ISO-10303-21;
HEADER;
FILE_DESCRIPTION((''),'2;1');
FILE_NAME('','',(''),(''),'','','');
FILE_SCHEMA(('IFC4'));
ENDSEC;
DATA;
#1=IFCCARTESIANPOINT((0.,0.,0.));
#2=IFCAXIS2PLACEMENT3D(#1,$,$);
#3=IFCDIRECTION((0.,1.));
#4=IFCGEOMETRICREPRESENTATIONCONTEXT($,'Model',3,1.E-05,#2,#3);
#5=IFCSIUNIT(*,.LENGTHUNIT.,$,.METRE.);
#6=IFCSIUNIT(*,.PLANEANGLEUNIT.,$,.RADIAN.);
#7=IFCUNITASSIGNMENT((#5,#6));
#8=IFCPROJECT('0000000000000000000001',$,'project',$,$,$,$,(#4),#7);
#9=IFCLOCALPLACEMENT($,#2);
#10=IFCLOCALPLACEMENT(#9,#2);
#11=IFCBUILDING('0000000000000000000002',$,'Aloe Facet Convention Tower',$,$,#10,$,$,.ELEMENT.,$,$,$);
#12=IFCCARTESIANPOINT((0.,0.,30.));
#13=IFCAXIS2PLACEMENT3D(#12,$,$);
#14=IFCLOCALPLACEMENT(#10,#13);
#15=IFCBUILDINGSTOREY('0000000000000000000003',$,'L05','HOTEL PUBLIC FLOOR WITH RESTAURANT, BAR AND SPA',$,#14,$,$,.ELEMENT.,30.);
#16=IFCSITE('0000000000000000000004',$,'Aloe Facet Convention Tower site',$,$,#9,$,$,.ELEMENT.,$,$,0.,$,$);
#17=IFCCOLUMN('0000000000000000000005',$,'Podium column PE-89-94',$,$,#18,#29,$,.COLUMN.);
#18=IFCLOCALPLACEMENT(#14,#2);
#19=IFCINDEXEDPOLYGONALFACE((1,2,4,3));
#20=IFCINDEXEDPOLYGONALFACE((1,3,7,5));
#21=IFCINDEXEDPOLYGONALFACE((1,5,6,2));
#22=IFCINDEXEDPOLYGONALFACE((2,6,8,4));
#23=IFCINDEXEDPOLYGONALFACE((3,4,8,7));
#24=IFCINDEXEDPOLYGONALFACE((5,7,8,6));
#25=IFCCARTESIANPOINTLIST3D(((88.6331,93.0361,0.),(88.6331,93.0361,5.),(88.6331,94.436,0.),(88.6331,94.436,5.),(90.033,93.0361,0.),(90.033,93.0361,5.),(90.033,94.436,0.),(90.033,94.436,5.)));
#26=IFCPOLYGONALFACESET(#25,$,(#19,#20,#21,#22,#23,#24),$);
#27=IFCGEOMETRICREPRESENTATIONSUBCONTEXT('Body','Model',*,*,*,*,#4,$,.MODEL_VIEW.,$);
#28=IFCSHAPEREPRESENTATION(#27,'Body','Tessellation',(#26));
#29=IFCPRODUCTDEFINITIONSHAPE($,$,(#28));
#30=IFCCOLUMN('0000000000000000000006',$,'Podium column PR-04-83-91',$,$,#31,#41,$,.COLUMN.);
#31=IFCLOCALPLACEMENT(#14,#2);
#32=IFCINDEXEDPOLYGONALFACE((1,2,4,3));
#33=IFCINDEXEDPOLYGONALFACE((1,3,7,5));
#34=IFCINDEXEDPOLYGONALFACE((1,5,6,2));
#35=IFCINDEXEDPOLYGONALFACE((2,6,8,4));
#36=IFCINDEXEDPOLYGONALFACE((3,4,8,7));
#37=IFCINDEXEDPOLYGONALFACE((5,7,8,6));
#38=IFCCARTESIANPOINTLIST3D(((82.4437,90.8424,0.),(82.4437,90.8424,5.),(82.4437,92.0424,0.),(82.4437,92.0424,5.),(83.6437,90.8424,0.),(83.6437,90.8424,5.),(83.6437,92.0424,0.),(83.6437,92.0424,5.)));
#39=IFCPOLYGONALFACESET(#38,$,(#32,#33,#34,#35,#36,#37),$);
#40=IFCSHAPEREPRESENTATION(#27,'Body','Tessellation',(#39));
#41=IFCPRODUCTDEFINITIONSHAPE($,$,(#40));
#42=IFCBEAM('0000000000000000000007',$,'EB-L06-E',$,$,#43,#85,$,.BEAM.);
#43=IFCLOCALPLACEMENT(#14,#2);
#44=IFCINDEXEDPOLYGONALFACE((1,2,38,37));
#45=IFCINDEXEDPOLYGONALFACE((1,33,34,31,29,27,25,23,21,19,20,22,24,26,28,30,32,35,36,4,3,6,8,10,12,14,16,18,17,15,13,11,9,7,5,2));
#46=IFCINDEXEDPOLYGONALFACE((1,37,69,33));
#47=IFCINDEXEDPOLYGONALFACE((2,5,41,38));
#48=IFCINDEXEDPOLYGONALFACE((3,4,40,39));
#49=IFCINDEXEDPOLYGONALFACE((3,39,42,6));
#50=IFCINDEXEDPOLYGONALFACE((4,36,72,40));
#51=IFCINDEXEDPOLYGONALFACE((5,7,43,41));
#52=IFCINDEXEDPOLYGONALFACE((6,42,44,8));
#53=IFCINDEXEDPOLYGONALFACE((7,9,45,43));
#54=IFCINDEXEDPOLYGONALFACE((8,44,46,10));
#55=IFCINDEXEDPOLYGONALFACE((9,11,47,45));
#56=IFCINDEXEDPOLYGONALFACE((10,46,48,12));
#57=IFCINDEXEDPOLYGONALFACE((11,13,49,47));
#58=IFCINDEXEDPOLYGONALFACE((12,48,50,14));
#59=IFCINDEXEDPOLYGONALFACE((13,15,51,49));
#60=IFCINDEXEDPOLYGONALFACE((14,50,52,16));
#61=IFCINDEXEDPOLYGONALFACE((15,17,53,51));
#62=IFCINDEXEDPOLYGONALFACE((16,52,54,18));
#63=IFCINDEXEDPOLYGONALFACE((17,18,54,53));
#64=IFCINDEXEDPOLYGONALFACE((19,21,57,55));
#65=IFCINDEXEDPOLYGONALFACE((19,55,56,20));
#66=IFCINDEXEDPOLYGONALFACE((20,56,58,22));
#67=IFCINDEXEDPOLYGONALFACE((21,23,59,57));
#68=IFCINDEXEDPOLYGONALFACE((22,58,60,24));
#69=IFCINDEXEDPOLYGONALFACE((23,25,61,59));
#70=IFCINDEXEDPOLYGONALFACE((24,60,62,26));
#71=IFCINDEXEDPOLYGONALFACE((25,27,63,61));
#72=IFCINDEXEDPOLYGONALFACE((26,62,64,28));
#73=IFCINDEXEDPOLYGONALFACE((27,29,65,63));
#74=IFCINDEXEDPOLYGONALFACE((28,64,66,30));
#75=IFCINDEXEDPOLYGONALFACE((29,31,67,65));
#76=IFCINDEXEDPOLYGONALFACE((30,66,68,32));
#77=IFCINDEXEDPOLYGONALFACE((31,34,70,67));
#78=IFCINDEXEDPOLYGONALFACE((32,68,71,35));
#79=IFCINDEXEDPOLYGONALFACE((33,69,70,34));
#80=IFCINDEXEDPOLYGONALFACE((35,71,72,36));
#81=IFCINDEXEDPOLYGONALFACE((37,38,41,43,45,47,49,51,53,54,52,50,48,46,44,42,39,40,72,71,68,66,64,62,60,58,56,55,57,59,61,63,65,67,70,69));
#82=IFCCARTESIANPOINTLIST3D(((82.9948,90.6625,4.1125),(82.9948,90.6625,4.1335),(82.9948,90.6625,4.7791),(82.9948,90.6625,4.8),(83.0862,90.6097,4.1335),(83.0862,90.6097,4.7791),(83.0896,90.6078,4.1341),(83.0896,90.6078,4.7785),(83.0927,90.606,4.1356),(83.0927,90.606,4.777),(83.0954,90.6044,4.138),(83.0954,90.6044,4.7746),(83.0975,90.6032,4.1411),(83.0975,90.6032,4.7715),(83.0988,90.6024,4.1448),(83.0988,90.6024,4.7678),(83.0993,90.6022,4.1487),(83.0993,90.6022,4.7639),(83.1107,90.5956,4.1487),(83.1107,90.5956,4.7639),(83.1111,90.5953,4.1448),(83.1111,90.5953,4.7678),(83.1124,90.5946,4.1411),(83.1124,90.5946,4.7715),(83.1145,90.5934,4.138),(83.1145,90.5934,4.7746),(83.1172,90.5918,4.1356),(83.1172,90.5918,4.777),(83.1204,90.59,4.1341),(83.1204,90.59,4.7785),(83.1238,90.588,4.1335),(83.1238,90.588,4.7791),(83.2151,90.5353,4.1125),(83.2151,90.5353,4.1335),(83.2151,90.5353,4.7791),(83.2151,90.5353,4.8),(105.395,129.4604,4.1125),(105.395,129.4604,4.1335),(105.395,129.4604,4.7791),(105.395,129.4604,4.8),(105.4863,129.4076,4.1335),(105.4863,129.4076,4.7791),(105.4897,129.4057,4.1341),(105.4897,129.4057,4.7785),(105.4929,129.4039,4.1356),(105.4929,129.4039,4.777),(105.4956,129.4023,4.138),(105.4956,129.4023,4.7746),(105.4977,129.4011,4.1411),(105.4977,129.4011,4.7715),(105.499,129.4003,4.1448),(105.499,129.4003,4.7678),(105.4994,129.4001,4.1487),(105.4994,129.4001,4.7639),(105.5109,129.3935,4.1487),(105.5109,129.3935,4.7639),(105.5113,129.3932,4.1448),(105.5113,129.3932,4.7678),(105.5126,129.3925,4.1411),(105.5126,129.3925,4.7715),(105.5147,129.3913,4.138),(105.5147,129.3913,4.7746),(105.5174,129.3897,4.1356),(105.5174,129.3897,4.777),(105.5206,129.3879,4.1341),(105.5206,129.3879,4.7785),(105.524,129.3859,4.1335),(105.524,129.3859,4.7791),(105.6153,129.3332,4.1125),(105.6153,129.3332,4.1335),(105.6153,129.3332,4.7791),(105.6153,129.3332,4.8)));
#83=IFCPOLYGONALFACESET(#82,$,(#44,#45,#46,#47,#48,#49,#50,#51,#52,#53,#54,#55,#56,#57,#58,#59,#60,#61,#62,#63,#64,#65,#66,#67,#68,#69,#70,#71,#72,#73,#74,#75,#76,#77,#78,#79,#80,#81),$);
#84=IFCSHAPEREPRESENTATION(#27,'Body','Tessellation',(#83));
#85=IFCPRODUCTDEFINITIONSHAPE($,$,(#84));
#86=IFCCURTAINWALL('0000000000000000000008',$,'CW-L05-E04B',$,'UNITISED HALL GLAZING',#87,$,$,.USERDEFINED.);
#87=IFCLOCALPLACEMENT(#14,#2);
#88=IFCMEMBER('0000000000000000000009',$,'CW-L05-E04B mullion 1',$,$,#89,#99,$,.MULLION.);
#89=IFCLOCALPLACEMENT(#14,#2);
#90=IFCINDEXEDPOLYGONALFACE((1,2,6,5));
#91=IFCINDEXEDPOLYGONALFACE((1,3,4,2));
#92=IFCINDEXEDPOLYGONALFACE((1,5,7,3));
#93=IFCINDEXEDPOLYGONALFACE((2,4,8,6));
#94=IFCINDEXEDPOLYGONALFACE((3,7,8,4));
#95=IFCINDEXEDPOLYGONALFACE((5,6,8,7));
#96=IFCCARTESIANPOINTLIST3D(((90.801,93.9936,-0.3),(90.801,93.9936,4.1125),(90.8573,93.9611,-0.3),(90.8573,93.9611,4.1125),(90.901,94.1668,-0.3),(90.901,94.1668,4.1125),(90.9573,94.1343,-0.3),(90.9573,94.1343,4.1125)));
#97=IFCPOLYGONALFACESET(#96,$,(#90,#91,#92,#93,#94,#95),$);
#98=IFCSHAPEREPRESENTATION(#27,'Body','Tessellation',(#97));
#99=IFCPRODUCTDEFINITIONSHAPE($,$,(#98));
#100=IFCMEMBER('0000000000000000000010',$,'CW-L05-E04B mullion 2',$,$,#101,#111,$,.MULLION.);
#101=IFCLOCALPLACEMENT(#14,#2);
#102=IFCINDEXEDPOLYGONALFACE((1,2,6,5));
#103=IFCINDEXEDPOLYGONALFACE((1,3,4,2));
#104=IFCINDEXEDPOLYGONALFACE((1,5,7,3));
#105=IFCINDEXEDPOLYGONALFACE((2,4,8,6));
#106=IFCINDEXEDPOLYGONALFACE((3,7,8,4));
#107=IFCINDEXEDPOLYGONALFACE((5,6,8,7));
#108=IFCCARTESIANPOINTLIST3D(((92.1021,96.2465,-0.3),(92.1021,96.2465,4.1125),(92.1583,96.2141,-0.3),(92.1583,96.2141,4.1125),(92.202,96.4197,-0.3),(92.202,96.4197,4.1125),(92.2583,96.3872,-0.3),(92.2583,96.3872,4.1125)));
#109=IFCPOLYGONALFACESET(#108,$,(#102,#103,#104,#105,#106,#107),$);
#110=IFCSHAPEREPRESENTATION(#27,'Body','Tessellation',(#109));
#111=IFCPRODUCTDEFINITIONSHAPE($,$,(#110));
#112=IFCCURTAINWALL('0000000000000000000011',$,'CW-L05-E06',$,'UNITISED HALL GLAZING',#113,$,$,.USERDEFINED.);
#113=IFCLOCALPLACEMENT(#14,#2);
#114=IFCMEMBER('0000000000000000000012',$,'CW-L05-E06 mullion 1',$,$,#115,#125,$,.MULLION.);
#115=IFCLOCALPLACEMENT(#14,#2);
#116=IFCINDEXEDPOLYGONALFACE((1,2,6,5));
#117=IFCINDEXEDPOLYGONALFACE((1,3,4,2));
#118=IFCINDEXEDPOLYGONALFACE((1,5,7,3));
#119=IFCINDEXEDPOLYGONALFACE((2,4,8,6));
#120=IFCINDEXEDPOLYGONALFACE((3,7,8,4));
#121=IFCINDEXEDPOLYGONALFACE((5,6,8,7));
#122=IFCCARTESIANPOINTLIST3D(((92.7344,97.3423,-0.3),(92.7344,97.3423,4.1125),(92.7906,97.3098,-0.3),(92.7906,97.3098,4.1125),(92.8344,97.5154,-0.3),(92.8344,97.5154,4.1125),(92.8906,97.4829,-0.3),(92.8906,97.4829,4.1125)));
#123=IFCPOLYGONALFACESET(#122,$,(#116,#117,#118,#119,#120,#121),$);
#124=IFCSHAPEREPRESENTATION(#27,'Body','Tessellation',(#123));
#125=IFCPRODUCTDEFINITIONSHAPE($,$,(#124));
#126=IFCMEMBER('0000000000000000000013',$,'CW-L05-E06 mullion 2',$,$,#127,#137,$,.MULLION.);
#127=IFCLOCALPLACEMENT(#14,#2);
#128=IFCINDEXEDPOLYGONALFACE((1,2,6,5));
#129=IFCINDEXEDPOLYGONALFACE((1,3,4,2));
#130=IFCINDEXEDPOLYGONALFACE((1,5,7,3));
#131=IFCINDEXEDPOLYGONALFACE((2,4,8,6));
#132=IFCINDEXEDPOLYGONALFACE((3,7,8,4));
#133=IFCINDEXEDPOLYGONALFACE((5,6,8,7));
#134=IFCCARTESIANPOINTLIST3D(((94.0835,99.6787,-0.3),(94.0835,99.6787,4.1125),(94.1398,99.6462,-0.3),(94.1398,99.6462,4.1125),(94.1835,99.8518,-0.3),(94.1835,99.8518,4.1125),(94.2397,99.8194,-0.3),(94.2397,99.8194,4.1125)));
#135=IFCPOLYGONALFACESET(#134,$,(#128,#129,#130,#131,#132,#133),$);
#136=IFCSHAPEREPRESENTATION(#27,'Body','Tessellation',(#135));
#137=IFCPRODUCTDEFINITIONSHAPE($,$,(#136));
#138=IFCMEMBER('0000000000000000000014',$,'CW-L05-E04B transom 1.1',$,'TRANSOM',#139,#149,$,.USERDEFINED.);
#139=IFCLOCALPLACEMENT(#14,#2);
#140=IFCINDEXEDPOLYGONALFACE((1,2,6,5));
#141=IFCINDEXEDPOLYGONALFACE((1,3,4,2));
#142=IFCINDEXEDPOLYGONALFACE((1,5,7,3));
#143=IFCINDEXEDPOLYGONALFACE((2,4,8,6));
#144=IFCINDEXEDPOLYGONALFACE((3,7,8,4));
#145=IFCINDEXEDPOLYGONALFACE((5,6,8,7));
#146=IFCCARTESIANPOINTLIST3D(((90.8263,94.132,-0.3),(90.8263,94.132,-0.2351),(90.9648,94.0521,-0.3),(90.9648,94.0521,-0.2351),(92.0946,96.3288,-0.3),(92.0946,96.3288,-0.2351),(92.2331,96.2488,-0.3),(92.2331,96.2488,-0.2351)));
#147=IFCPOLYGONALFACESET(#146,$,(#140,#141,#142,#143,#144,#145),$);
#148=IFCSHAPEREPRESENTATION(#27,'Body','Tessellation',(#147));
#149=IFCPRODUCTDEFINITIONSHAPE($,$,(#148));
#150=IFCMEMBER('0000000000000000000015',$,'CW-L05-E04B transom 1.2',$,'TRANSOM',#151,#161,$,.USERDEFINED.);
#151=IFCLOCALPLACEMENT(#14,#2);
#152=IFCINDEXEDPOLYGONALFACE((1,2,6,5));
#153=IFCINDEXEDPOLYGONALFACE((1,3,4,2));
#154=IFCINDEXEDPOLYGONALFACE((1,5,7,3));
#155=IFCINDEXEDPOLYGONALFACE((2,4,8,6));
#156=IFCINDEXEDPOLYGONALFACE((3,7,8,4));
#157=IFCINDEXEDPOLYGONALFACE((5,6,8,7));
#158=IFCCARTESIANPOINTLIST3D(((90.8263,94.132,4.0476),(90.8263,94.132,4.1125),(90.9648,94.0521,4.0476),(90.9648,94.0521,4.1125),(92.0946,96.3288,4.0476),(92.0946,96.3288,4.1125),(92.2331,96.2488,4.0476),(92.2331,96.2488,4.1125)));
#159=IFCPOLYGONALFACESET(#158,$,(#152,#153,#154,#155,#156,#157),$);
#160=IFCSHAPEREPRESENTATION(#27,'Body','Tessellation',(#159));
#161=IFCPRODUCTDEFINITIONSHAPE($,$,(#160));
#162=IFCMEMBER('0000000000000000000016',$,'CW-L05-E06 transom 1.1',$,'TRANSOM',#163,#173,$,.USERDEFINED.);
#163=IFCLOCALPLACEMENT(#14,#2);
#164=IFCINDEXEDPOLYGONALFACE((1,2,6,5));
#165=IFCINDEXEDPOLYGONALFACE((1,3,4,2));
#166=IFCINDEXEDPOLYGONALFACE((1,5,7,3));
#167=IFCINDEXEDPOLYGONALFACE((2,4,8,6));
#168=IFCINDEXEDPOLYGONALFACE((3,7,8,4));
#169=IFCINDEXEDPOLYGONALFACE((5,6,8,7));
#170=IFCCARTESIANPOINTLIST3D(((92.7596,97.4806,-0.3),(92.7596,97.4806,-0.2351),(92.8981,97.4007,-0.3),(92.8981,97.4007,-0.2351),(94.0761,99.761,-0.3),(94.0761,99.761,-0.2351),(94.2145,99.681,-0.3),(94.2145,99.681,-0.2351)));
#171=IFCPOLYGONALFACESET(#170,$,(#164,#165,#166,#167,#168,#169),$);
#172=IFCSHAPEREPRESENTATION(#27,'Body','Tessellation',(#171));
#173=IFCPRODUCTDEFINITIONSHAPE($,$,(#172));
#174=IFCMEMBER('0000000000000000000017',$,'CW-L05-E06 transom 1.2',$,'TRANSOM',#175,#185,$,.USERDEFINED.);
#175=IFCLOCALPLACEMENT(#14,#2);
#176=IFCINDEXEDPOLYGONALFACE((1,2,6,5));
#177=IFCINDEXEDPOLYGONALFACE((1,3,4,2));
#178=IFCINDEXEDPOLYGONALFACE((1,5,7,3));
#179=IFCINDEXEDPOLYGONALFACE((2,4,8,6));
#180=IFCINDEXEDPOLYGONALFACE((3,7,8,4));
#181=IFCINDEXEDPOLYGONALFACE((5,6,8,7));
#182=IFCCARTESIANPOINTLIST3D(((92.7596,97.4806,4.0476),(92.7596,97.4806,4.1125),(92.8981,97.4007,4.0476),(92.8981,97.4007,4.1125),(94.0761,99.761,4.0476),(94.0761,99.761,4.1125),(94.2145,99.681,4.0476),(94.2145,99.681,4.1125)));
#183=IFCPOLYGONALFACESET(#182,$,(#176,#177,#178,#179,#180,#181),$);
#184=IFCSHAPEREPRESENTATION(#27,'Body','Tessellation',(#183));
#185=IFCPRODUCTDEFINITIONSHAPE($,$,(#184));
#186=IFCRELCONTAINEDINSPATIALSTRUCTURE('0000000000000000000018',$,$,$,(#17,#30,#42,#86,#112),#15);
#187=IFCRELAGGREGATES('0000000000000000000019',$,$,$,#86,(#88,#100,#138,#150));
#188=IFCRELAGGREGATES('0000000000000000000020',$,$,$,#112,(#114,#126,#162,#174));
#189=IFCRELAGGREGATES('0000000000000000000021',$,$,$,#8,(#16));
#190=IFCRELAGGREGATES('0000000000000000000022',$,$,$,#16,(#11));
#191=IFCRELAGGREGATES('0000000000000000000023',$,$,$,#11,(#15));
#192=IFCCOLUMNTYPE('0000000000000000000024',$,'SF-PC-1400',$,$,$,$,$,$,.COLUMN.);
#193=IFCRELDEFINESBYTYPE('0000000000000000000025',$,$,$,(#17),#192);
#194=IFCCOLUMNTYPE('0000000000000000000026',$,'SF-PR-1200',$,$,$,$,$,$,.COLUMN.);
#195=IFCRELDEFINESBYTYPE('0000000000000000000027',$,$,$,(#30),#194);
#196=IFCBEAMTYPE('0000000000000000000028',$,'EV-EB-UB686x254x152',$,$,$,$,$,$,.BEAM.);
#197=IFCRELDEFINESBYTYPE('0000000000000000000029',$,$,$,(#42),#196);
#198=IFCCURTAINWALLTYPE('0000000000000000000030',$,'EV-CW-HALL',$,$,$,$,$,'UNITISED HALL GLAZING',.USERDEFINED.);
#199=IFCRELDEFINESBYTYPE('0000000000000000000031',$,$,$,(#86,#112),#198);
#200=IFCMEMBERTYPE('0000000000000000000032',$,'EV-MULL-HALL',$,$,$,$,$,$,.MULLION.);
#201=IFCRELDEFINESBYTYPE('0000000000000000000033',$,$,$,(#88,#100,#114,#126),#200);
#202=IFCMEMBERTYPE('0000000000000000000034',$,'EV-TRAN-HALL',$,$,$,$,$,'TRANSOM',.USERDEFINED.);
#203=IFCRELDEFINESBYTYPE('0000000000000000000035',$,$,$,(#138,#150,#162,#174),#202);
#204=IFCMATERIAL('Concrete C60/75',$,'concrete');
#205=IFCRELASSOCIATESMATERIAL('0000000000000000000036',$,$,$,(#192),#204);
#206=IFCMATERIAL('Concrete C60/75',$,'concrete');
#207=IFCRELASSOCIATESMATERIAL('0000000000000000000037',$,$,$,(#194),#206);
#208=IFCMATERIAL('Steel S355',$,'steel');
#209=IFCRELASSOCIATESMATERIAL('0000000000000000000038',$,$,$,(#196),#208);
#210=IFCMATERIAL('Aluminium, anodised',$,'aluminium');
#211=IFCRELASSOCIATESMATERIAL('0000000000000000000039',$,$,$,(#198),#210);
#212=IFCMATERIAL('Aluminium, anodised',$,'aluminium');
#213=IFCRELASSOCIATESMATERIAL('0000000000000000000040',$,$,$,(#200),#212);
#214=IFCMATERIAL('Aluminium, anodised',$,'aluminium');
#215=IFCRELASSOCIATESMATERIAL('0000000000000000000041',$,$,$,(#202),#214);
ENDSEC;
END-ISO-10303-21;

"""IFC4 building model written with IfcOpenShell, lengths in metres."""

from ifc_helpers import new_model, si_unit, direction, frame, origin, origin_2d, place, context, subcontext, project, spatial, rectangle, i_section, extrude, material, material_profile, profile_set, type_object, element, aggregate, save


model = new_model("IFC4")

# Units and contexts
model_context = context("Model", 3, precision=1e-05, world=origin(), true_north=direction((0.0, 1.0)))
body_context = subcontext(model_context, "Body", "Model", "MODEL_VIEW")
ifc_project = project(units=[si_unit("LENGTHUNIT", "METRE"), si_unit("PLANEANGLEUNIT", "RADIAN")], contexts=[model_context])

# Site, building, storey
site_placement = place(None, origin())
site = spatial("IfcSite", under=ifc_project, at=site_placement, Name="Aloe Facet Convention Tower site", CompositionType="ELEMENT", RefElevation=0.0)
building_placement = place(site_placement, origin())
building = spatial("IfcBuilding", under=site, at=building_placement, Name="Aloe Facet Convention Tower", CompositionType="ELEMENT")
storey_placement = place(building_placement, frame((0.0, 0.0, 30.0)))
storey = spatial("IfcBuildingStorey", under=building, at=storey_placement, Name="L05", Description="HOTEL PUBLIC FLOOR WITH RESTAURANT, BAR AND SPA", CompositionType="ELEMENT", Elevation=30.0)

# Columns
ifc_material_1 = material(Name="Concrete C60/75", Category="concrete")
ifc_material_profile_1 = material_profile(ifc_material_1, rectangle(XDim=1.3999, YDim=1.3999, at=origin_2d()), Name="SF-PC-1400")
ifc_profile_set_1 = profile_set([ifc_material_profile_1], Name="Concrete C60/75")
column_type_1 = type_object("IfcColumnType", Name="SF-PC-1400", PredefinedType="COLUMN", material=ifc_profile_set_1)
column_1_placement = place(storey_placement, frame((89.333, 93.7361, 0.0), z_axis=(0.0, 0.0, 1.0), x_axis=(1.0, 0.0, 0.0)))
element("IfcColumn", 1, at=column_1_placement, inside=storey, type_object=column_type_1, Name="Podium column PE-89-94", PredefinedType="COLUMN", context=body_context, shape_type="SweptSolid", body=[
    extrude(rectangle(XDim=1.3999, YDim=1.3999, at=origin_2d()), origin(), (0.0, 0.0, 1.0), 5.0),
])
ifc_material_2 = material(Name="Concrete C60/75", Category="concrete")
ifc_material_profile_2 = material_profile(ifc_material_2, rectangle(XDim=1.2, YDim=1.2, at=origin_2d()), Name="SF-PR-1200")
ifc_profile_set_2 = profile_set([ifc_material_profile_2], Name="Concrete C60/75")
column_type_2 = type_object("IfcColumnType", Name="SF-PR-1200", PredefinedType="COLUMN", material=ifc_profile_set_2)
column_2_placement = place(storey_placement, frame((83.0437, 91.4424, 0.0), z_axis=(0.0, 0.0, 1.0), x_axis=(1.0, 0.0, 0.0)))
element("IfcColumn", 2, at=column_2_placement, inside=storey, type_object=column_type_2, Name="Podium column PR-04-83-91", PredefinedType="COLUMN", context=body_context, shape_type="SweptSolid", body=[
    extrude(rectangle(XDim=1.2, YDim=1.2, at=origin_2d()), origin(), (0.0, 0.0, 1.0), 5.0),
])

# Beam
ifc_material_3 = material(Name="Steel S355", Category="steel")
ifc_material_profile_3 = material_profile(ifc_material_3, i_section(OverallWidth=0.2544, OverallDepth=0.6875, WebThickness=0.0132, FlangeThickness=0.021, FilletRadius=0.0151, at=origin_2d()), Name="UB 686x254x152")
ifc_profile_set_3 = profile_set([ifc_material_profile_3], Name="Steel S355")
beam_type_1 = type_object("IfcBeamType", Name="EV-EB-UB686x254x152", PredefinedType="BEAM", material=ifc_profile_set_3)
beam_1_placement = place(storey_placement, frame((83.105, 90.5989, 4.4563), z_axis=(0.500003, 0.866024, 0.0), x_axis=(-0.866024, 0.500003, 0.0)))
element("IfcBeam", 3, at=beam_1_placement, inside=storey, type_object=beam_type_1, Name="EB-L06-E", PredefinedType="BEAM", context=body_context, shape_type="SweptSolid", body=[
    extrude(i_section(OverallWidth=0.2544, OverallDepth=0.6875, WebThickness=0.0132, FlangeThickness=0.021, FilletRadius=0.0151, at=origin_2d()), origin(), (0.0, 0.0, 1.0), 44.8),
])

# Curtain walls, members
ifc_material_4 = material(Name="Aluminium, anodised", Category="aluminium")
curtain_wall_type = type_object("IfcCurtainWallType", Name="EV-CW-HALL", ElementType="UNITISED HALL GLAZING", PredefinedType="USERDEFINED", material=ifc_material_4)
curtain_wall_1_placement = place(storey_placement, origin())
curtain_wall_1 = element("IfcCurtainWall", 4, at=curtain_wall_1_placement, inside=storey, type_object=curtain_wall_type, Name="CW-L05-E04B", ObjectType="UNITISED HALL GLAZING", PredefinedType="USERDEFINED")
ifc_material_5 = material(Name="Aluminium, anodised", Category="aluminium")
ifc_material_profile_4 = material_profile(ifc_material_5, rectangle(XDim=0.0649, YDim=0.2, at=origin_2d()), Name="AL 65x200")
ifc_profile_set_4 = profile_set([ifc_material_profile_4], Name="Aluminium, anodised")
member_type_1 = type_object("IfcMemberType", Name="EV-MULL-HALL", PredefinedType="MULLION", material=ifc_profile_set_4)
member_1_placement = place(storey_placement, frame((90.8792, 94.064, -0.3), z_axis=(0.0, 0.0, 1.0), x_axis=(-0.866025, 0.5, 0.0)))
member_1 = element("IfcMember", 5, at=member_1_placement, type_object=member_type_1, Name="CW-L05-E04B mullion 1", PredefinedType="MULLION", context=body_context, shape_type="SweptSolid", body=[
    extrude(rectangle(XDim=0.0649, YDim=0.2, at=origin_2d()), origin(), (0.0, 0.0, 1.0), 4.4126),
])
member_2_placement = place(storey_placement, frame((92.1802, 96.3169, -0.3), z_axis=(0.0, 0.0, 1.0), x_axis=(-0.866025, 0.5, 0.0)))
member_2 = element("IfcMember", 6, at=member_2_placement, type_object=member_type_1, Name="CW-L05-E04B mullion 2", PredefinedType="MULLION", context=body_context, shape_type="SweptSolid", body=[
    extrude(rectangle(XDim=0.0649, YDim=0.2, at=origin_2d()), origin(), (0.0, 0.0, 1.0), 4.4126),
])
curtain_wall_2_placement = place(storey_placement, origin())
curtain_wall_2 = element("IfcCurtainWall", 7, at=curtain_wall_2_placement, inside=storey, type_object=curtain_wall_type, Name="CW-L05-E06", ObjectType="UNITISED HALL GLAZING", PredefinedType="USERDEFINED")
member_3_placement = place(storey_placement, frame((92.8125, 97.4126, -0.3), z_axis=(0.0, 0.0, 1.0), x_axis=(-0.866025, 0.5, 0.0)))
member_3 = element("IfcMember", 8, at=member_3_placement, type_object=member_type_1, Name="CW-L05-E06 mullion 1", PredefinedType="MULLION", context=body_context, shape_type="SweptSolid", body=[
    extrude(rectangle(XDim=0.0649, YDim=0.2, at=origin_2d()), origin(), (0.0, 0.0, 1.0), 4.4126),
])
member_4_placement = place(storey_placement, frame((94.1616, 99.749, -0.3), z_axis=(0.0, 0.0, 1.0), x_axis=(-0.866025, 0.5, 0.0)))
member_4 = element("IfcMember", 9, at=member_4_placement, type_object=member_type_1, Name="CW-L05-E06 mullion 2", PredefinedType="MULLION", context=body_context, shape_type="SweptSolid", body=[
    extrude(rectangle(XDim=0.0649, YDim=0.2, at=origin_2d()), origin(), (0.0, 0.0, 1.0), 4.4126),
])

# Members
ifc_material_6 = material(Name="Aluminium, anodised", Category="aluminium")
ifc_material_profile_5 = material_profile(ifc_material_6, rectangle(XDim=0.1599, YDim=0.0649, at=origin_2d()), Name="AL 160x65")
ifc_profile_set_5 = profile_set([ifc_material_profile_5], Name="Aluminium, anodised")
member_type_2 = type_object("IfcMemberType", Name="EV-TRAN-HALL", ElementType="TRANSOM", PredefinedType="USERDEFINED", material=ifc_profile_set_5)
member_5_placement = place(storey_placement, frame((90.8955, 94.092, -0.2676), z_axis=(0.5, 0.866025, 0.0), x_axis=(-0.866025, 0.5, 0.0)))
member_5 = element("IfcMember", 10, at=member_5_placement, type_object=member_type_2, Name="CW-L05-E04B transom 1.1", ObjectType="TRANSOM", PredefinedType="USERDEFINED", context=body_context, shape_type="SweptSolid", body=[
    extrude(rectangle(XDim=0.1599, YDim=0.0649, at=origin_2d()), origin(), (0.0, 0.0, 1.0), 2.5366),
])
member_6_placement = place(storey_placement, frame((90.8955, 94.092, 4.0801), z_axis=(0.5, 0.866025, 0.0), x_axis=(-0.866025, 0.5, 0.0)))
member_6 = element("IfcMember", 11, at=member_6_placement, type_object=member_type_2, Name="CW-L05-E04B transom 1.2", ObjectType="TRANSOM", PredefinedType="USERDEFINED", context=body_context, shape_type="SweptSolid", body=[
    extrude(rectangle(XDim=0.1599, YDim=0.0649, at=origin_2d()), origin(), (0.0, 0.0, 1.0), 2.5366),
])
member_7_placement = place(storey_placement, frame((92.8289, 97.4407, -0.2676), z_axis=(0.499969, 0.866044, 0.0), x_axis=(-0.866044, 0.499969, 0.0)))
member_7 = element("IfcMember", 12, at=member_7_placement, type_object=member_type_2, Name="CW-L05-E06 transom 1.1", ObjectType="TRANSOM", PredefinedType="USERDEFINED", context=body_context, shape_type="SweptSolid", body=[
    extrude(rectangle(XDim=0.1599, YDim=0.0649, at=origin_2d()), origin(), (0.0, 0.0, 1.0), 2.6331),
])
member_8_placement = place(storey_placement, frame((92.8289, 97.4407, 4.0801), z_axis=(0.499969, 0.866044, 0.0), x_axis=(-0.866044, 0.499969, 0.0)))
member_8 = element("IfcMember", 13, at=member_8_placement, type_object=member_type_2, Name="CW-L05-E06 transom 1.2", ObjectType="TRANSOM", PredefinedType="USERDEFINED", context=body_context, shape_type="SweptSolid", body=[
    extrude(rectangle(XDim=0.1599, YDim=0.0649, at=origin_2d()), origin(), (0.0, 0.0, 1.0), 2.6331),
])

aggregate(curtain_wall_1, [member_1, member_2, member_5, member_6])
aggregate(curtain_wall_2, [member_3, member_4, member_7, member_8])

save(model, "model.ifc")
